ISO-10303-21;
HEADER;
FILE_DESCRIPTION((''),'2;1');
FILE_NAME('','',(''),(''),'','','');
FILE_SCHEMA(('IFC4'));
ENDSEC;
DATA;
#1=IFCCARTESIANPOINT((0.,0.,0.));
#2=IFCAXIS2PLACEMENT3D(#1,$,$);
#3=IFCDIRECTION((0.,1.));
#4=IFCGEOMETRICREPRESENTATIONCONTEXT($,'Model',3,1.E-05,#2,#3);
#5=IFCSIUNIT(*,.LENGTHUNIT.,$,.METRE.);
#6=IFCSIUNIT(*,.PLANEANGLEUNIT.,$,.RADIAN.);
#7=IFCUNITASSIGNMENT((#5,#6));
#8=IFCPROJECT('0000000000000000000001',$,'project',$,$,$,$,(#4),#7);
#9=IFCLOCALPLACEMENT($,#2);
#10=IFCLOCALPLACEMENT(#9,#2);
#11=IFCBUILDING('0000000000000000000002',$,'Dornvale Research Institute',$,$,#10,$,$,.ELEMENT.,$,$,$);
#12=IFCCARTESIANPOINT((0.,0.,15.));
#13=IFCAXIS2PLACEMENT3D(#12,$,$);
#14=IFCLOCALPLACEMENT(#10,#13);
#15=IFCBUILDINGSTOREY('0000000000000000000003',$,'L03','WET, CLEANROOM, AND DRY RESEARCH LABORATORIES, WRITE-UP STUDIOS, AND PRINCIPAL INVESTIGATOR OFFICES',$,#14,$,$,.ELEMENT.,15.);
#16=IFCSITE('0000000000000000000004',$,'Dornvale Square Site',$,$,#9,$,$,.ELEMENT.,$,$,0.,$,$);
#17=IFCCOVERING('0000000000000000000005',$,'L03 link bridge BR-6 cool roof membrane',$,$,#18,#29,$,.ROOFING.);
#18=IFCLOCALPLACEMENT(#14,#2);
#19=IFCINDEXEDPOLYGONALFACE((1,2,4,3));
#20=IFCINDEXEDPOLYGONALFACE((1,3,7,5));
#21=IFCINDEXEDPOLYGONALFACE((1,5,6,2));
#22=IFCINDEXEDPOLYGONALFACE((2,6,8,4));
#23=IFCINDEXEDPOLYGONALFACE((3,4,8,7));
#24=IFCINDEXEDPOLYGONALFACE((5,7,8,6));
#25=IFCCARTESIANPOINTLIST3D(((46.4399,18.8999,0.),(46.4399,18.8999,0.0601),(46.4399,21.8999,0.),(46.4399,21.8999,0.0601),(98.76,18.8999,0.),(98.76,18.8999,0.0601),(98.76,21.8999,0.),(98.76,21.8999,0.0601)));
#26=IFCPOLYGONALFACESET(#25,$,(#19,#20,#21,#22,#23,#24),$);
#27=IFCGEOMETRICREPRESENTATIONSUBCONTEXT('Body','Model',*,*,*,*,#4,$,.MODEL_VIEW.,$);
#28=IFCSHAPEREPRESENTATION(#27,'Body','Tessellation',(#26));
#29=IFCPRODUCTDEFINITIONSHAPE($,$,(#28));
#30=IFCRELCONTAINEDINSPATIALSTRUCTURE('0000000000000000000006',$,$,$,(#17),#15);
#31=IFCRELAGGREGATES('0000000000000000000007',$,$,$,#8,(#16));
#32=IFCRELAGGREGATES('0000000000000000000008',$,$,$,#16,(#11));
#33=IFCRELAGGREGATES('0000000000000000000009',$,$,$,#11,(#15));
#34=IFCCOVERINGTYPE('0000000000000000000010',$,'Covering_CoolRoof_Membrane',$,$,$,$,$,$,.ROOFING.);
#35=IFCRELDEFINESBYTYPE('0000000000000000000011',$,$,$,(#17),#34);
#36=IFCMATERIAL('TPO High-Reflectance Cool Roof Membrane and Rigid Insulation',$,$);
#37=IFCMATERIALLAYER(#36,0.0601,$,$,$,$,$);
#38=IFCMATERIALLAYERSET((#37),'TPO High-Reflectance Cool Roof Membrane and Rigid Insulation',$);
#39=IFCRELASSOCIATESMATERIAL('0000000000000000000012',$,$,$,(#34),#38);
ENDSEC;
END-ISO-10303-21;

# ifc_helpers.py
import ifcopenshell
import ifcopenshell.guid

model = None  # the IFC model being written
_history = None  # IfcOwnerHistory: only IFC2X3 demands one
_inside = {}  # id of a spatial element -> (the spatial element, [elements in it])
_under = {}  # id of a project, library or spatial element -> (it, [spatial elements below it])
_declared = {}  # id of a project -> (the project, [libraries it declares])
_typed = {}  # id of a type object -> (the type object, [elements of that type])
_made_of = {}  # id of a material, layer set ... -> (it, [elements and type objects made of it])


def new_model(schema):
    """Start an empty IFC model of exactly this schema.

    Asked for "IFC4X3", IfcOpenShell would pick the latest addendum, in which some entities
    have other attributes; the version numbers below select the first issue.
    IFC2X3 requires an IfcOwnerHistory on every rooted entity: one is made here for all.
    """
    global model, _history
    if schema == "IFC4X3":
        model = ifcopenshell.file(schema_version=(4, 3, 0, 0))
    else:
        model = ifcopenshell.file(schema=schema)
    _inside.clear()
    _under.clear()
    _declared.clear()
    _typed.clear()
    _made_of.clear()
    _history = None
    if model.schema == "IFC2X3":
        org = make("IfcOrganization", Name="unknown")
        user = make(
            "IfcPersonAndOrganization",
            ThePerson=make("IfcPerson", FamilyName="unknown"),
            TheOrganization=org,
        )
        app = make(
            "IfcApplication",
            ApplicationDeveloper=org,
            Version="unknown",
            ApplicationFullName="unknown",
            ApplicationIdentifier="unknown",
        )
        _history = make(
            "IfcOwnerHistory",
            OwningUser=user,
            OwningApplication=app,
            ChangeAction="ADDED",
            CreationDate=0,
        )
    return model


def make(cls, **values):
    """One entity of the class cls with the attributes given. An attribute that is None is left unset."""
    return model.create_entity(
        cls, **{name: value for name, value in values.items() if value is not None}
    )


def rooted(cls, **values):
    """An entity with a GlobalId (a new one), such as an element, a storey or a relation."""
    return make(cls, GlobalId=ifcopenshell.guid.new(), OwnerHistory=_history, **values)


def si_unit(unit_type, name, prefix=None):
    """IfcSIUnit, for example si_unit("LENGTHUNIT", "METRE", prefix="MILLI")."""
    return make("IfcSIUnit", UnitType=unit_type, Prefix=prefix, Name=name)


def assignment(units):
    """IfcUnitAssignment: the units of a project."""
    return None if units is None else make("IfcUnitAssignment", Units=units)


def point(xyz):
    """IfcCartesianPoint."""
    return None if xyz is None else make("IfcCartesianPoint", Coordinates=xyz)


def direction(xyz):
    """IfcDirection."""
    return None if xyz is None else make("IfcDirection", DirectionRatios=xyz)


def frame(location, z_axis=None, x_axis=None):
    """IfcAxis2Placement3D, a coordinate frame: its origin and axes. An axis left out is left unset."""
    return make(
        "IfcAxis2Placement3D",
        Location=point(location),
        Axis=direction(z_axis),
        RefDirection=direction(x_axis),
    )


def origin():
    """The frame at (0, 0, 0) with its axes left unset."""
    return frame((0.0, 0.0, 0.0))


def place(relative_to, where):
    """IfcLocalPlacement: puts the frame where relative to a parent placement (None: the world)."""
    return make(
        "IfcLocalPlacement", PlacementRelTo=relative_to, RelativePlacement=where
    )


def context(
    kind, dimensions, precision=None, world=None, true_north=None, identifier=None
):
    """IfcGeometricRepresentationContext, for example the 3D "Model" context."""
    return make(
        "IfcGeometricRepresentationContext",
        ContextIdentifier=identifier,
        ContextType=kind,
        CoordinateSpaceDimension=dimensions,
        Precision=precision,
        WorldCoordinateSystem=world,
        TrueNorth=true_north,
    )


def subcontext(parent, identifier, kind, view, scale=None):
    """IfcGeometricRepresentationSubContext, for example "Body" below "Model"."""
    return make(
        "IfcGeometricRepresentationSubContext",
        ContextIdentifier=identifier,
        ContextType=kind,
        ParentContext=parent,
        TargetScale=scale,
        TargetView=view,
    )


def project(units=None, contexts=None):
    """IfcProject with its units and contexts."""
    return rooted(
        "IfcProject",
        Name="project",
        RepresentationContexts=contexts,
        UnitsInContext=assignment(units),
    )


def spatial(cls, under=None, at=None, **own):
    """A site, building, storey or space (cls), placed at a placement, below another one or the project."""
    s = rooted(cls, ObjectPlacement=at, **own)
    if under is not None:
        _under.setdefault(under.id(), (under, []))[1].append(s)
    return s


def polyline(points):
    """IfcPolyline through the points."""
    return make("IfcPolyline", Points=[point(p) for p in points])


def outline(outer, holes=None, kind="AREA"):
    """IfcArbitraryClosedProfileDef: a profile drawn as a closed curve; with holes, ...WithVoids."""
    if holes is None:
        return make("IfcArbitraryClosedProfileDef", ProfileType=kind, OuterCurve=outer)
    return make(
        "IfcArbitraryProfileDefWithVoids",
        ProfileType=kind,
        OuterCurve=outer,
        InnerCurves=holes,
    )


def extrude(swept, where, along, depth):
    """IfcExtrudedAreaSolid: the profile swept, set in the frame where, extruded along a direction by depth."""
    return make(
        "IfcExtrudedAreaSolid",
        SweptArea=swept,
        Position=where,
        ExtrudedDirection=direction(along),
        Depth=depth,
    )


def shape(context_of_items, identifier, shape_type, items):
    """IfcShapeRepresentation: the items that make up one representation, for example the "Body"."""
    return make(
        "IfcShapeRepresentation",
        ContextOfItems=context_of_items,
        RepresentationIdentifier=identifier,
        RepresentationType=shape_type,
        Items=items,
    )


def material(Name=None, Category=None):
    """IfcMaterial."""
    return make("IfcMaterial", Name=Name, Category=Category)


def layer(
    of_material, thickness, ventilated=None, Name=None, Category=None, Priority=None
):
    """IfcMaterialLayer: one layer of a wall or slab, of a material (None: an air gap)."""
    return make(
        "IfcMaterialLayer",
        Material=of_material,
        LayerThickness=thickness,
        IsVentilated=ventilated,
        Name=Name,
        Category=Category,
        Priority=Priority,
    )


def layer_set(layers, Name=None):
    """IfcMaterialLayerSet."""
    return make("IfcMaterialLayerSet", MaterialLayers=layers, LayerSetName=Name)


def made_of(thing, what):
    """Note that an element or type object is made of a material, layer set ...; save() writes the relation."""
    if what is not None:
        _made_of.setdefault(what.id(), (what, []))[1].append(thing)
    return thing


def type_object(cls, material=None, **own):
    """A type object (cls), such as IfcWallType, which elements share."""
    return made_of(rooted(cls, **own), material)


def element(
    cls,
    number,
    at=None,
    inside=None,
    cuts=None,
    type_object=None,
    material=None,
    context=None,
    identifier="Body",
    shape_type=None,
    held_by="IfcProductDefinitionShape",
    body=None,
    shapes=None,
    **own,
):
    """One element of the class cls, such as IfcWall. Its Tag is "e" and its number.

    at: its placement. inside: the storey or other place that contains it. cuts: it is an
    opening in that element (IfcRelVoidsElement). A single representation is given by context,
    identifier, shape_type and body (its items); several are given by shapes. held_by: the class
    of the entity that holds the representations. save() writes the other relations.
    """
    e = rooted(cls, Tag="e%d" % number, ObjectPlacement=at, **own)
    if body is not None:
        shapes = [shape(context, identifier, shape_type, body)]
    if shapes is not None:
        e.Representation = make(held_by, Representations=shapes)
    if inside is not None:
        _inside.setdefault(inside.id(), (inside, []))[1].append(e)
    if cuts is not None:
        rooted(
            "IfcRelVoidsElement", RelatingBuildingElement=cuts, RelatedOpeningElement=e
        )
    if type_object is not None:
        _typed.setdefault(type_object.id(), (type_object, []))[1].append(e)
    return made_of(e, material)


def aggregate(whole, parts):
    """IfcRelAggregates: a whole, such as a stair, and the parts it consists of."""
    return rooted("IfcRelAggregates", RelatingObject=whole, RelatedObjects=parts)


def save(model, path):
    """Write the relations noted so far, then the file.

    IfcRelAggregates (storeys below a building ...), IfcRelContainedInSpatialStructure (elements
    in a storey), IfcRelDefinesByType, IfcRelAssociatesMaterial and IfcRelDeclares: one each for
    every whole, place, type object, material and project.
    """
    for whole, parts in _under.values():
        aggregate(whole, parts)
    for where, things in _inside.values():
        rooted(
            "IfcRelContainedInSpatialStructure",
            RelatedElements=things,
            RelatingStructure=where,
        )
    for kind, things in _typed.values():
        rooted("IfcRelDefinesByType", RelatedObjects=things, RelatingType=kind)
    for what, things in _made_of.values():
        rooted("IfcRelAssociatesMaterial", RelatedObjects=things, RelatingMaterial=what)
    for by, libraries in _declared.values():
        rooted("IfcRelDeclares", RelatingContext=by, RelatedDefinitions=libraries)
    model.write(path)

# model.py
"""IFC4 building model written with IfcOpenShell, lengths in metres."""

from ifc_helpers import new_model, si_unit, direction, frame, origin, place, context, subcontext, project, spatial, polyline, outline, extrude, material, layer, layer_set, type_object, element, save


model = new_model("IFC4")

# Units and contexts
model_context = context("Model", 3, precision=1e-05, world=origin(), true_north=direction((0.0, 1.0)))
body_context = subcontext(model_context, "Body", "Model", "MODEL_VIEW")
ifc_project = project(units=[si_unit("LENGTHUNIT", "METRE"), si_unit("PLANEANGLEUNIT", "RADIAN")], contexts=[model_context])

# Site, building, storey
site_placement = place(None, origin())
site = spatial("IfcSite", under=ifc_project, at=site_placement, Name="Dornvale Square Site", CompositionType="ELEMENT", RefElevation=0.0)
building_placement = place(site_placement, origin())
building = spatial("IfcBuilding", under=site, at=building_placement, Name="Dornvale Research Institute", CompositionType="ELEMENT")
storey_placement = place(building_placement, frame((0.0, 0.0, 15.0)))
storey = spatial("IfcBuildingStorey", under=building, at=storey_placement, Name="L03", Description="WET, CLEANROOM, AND DRY RESEARCH LABORATORIES, WRITE-UP STUDIOS, AND PRINCIPAL INVESTIGATOR OFFICES", CompositionType="ELEMENT", Elevation=15.0)

# Covering
ifc_material_1 = material(Name="TPO High-Reflectance Cool Roof Membrane and Rigid Insulation")
ifc_layer_1 = layer(ifc_material_1, 0.0601)
ifc_layer_set_1 = layer_set([ifc_layer_1], Name="TPO High-Reflectance Cool Roof Membrane and Rigid Insulation")
covering_type_1 = type_object("IfcCoveringType", Name="Covering_CoolRoof_Membrane", PredefinedType="ROOFING", material=ifc_layer_set_1)
covering_1_placement = place(storey_placement, origin())
element("IfcCovering", 1, at=covering_1_placement, inside=storey, type_object=covering_type_1, Name="L03 link bridge BR-6 cool roof membrane", PredefinedType="ROOFING", context=body_context, shape_type="SweptSolid", body=[
    extrude(outline(polyline([(46.4399, 18.8999), (98.76, 18.8999), (98.76, 21.8999), (46.4399, 21.8999), (46.4399, 18.8999)])), origin(), (0.0, 0.0, 1.0), 0.0601),
])

save(model, "model.ifc")
